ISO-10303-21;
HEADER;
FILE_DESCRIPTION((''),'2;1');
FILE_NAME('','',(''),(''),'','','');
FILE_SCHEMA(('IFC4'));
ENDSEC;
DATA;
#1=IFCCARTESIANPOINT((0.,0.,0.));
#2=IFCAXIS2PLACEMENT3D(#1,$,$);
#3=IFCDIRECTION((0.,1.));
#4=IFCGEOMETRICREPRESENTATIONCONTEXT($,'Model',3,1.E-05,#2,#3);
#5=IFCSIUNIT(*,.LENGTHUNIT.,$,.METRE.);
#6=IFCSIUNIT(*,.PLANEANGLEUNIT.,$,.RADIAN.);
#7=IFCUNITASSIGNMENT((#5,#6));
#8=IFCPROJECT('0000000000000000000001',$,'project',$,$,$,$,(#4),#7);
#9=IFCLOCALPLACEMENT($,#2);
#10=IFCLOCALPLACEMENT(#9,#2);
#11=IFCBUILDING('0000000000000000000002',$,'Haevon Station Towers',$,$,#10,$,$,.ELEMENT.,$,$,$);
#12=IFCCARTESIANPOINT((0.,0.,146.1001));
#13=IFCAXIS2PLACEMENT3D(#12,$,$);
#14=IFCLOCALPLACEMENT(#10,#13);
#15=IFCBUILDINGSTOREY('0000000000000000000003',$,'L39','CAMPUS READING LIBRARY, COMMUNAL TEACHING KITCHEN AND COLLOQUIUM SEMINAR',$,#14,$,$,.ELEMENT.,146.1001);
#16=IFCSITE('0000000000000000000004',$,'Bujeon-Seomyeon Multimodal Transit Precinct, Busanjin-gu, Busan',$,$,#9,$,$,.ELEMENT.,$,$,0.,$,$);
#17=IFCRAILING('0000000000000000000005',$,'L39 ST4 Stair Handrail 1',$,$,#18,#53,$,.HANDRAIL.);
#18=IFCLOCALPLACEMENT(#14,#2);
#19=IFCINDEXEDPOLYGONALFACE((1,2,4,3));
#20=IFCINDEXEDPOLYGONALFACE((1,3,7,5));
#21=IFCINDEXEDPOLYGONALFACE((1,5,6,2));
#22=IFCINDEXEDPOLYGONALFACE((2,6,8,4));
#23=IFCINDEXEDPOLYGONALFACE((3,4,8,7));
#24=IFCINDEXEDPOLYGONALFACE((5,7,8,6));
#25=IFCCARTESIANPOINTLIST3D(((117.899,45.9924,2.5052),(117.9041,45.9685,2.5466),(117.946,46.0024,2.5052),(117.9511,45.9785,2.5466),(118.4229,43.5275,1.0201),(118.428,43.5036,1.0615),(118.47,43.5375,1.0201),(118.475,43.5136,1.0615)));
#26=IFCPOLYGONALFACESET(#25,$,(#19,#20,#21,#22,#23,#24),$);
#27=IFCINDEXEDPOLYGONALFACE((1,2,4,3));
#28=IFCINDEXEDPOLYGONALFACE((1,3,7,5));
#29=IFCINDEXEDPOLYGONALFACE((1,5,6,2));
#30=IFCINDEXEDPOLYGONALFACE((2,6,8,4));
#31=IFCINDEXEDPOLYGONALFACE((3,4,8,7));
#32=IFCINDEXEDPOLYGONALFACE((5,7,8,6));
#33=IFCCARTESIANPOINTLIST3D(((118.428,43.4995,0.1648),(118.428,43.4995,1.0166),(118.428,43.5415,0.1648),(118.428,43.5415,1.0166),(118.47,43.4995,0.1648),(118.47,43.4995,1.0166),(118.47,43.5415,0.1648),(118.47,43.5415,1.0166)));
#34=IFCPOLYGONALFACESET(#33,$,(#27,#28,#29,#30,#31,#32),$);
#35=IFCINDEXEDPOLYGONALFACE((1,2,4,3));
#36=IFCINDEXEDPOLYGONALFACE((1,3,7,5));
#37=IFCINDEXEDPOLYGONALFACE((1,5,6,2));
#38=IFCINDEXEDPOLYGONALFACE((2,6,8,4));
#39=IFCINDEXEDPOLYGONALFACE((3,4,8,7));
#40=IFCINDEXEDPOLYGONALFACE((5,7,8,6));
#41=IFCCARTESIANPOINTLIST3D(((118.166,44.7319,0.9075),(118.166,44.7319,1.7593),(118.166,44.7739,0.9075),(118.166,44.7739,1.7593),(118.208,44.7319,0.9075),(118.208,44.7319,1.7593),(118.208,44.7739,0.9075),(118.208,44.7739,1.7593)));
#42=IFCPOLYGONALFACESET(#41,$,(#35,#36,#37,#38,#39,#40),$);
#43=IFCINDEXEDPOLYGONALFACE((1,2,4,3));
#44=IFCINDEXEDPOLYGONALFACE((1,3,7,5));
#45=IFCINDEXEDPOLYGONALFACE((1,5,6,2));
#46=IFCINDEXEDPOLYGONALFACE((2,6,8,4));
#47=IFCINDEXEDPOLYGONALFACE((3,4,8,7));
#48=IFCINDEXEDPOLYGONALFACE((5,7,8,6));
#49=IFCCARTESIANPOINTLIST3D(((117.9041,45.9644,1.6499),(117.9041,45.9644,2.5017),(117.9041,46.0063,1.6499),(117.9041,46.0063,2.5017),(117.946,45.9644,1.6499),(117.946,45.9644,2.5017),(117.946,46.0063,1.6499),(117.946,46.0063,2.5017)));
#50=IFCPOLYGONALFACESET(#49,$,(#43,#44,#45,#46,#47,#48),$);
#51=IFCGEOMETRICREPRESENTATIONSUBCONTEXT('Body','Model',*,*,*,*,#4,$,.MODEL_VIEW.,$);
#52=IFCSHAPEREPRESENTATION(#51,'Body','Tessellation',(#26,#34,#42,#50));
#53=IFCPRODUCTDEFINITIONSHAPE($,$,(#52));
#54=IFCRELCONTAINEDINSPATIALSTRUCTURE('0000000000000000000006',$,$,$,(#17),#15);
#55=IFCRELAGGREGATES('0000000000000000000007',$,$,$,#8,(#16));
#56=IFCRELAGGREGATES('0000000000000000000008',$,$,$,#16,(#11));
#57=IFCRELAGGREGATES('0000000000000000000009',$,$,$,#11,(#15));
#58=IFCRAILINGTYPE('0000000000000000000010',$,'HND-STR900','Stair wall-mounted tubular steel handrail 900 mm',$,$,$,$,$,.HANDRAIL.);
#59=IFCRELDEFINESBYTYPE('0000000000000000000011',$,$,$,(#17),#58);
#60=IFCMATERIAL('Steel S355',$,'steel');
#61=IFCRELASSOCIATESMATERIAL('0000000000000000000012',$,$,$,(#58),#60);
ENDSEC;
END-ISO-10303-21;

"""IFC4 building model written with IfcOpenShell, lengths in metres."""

from ifc_helpers import new_model, si_unit, direction, frame, origin, origin_2d, place, context, subcontext, project, spatial, rectangle, extrude, material, type_object, element, save


model = new_model("IFC4")

# Units and contexts
model_context = context("Model", 3, precision=1e-05, world=origin(), true_north=direction((0.0, 1.0)))
body_context = subcontext(model_context, "Body", "Model", "MODEL_VIEW")
ifc_project = project(units=[si_unit("LENGTHUNIT", "METRE"), si_unit("PLANEANGLEUNIT", "RADIAN")], contexts=[model_context])

# Site, building, storey
site_placement = place(None, origin())
site = spatial("IfcSite", under=ifc_project, at=site_placement, Name="Bujeon-Seomyeon Multimodal Transit Precinct, Busanjin-gu, Busan", CompositionType="ELEMENT", RefElevation=0.0)
building_placement = place(site_placement, origin())
building = spatial("IfcBuilding", under=site, at=building_placement, Name="Haevon Station Towers", CompositionType="ELEMENT")
storey_placement = place(building_placement, frame((0.0, 0.0, 146.1001)))
storey = spatial("IfcBuildingStorey", under=building, at=storey_placement, Name="L39", Description="CAMPUS READING LIBRARY, COMMUNAL TEACHING KITCHEN AND COLLOQUIUM SEMINAR", CompositionType="ELEMENT", Elevation=146.1001)

# Shared definitions
ifc_material_1 = material(Name="Steel S355", Category="steel")

# Railing
railing_type_1 = type_object("IfcRailingType", Name="HND-STR900", Description="Stair wall-mounted tubular steel handrail 900 mm", PredefinedType="HANDRAIL", material=ifc_material_1)
railing_1_placement = place(storey_placement, frame((118.449, 43.5205, 0.1648)))
element("IfcRailing", 1, at=railing_1_placement, inside=storey, type_object=railing_type_1, Name="L39 ST4 Stair Handrail 1", PredefinedType="HANDRAIL", context=body_context, shape_type="SweptSolid", body=[
    extrude(rectangle(XDim=0.0481, YDim=0.0481, at=origin_2d()), frame((0.0, 0.0, 0.876), z_axis=(-0.179121, 0.842688, 0.507733), x_axis=(-0.978147, -0.207914, 0.0)), (0.0, 0.0, 1.0), 2.925),
    extrude(rectangle(XDim=0.042, YDim=0.042, at=origin_2d()), origin(), (0.0, 0.0, 1.0), 0.8518),
    extrude(rectangle(XDim=0.042, YDim=0.042, at=origin_2d()), frame((-0.262, 1.2324, 0.7427)), (0.0, 0.0, 1.0), 0.8518),
    extrude(rectangle(XDim=0.042, YDim=0.042, at=origin_2d()), frame((-0.5239, 2.4648, 1.4851)), (0.0, 0.0, 1.0), 0.8518),
])

save(model, "model.ifc")
